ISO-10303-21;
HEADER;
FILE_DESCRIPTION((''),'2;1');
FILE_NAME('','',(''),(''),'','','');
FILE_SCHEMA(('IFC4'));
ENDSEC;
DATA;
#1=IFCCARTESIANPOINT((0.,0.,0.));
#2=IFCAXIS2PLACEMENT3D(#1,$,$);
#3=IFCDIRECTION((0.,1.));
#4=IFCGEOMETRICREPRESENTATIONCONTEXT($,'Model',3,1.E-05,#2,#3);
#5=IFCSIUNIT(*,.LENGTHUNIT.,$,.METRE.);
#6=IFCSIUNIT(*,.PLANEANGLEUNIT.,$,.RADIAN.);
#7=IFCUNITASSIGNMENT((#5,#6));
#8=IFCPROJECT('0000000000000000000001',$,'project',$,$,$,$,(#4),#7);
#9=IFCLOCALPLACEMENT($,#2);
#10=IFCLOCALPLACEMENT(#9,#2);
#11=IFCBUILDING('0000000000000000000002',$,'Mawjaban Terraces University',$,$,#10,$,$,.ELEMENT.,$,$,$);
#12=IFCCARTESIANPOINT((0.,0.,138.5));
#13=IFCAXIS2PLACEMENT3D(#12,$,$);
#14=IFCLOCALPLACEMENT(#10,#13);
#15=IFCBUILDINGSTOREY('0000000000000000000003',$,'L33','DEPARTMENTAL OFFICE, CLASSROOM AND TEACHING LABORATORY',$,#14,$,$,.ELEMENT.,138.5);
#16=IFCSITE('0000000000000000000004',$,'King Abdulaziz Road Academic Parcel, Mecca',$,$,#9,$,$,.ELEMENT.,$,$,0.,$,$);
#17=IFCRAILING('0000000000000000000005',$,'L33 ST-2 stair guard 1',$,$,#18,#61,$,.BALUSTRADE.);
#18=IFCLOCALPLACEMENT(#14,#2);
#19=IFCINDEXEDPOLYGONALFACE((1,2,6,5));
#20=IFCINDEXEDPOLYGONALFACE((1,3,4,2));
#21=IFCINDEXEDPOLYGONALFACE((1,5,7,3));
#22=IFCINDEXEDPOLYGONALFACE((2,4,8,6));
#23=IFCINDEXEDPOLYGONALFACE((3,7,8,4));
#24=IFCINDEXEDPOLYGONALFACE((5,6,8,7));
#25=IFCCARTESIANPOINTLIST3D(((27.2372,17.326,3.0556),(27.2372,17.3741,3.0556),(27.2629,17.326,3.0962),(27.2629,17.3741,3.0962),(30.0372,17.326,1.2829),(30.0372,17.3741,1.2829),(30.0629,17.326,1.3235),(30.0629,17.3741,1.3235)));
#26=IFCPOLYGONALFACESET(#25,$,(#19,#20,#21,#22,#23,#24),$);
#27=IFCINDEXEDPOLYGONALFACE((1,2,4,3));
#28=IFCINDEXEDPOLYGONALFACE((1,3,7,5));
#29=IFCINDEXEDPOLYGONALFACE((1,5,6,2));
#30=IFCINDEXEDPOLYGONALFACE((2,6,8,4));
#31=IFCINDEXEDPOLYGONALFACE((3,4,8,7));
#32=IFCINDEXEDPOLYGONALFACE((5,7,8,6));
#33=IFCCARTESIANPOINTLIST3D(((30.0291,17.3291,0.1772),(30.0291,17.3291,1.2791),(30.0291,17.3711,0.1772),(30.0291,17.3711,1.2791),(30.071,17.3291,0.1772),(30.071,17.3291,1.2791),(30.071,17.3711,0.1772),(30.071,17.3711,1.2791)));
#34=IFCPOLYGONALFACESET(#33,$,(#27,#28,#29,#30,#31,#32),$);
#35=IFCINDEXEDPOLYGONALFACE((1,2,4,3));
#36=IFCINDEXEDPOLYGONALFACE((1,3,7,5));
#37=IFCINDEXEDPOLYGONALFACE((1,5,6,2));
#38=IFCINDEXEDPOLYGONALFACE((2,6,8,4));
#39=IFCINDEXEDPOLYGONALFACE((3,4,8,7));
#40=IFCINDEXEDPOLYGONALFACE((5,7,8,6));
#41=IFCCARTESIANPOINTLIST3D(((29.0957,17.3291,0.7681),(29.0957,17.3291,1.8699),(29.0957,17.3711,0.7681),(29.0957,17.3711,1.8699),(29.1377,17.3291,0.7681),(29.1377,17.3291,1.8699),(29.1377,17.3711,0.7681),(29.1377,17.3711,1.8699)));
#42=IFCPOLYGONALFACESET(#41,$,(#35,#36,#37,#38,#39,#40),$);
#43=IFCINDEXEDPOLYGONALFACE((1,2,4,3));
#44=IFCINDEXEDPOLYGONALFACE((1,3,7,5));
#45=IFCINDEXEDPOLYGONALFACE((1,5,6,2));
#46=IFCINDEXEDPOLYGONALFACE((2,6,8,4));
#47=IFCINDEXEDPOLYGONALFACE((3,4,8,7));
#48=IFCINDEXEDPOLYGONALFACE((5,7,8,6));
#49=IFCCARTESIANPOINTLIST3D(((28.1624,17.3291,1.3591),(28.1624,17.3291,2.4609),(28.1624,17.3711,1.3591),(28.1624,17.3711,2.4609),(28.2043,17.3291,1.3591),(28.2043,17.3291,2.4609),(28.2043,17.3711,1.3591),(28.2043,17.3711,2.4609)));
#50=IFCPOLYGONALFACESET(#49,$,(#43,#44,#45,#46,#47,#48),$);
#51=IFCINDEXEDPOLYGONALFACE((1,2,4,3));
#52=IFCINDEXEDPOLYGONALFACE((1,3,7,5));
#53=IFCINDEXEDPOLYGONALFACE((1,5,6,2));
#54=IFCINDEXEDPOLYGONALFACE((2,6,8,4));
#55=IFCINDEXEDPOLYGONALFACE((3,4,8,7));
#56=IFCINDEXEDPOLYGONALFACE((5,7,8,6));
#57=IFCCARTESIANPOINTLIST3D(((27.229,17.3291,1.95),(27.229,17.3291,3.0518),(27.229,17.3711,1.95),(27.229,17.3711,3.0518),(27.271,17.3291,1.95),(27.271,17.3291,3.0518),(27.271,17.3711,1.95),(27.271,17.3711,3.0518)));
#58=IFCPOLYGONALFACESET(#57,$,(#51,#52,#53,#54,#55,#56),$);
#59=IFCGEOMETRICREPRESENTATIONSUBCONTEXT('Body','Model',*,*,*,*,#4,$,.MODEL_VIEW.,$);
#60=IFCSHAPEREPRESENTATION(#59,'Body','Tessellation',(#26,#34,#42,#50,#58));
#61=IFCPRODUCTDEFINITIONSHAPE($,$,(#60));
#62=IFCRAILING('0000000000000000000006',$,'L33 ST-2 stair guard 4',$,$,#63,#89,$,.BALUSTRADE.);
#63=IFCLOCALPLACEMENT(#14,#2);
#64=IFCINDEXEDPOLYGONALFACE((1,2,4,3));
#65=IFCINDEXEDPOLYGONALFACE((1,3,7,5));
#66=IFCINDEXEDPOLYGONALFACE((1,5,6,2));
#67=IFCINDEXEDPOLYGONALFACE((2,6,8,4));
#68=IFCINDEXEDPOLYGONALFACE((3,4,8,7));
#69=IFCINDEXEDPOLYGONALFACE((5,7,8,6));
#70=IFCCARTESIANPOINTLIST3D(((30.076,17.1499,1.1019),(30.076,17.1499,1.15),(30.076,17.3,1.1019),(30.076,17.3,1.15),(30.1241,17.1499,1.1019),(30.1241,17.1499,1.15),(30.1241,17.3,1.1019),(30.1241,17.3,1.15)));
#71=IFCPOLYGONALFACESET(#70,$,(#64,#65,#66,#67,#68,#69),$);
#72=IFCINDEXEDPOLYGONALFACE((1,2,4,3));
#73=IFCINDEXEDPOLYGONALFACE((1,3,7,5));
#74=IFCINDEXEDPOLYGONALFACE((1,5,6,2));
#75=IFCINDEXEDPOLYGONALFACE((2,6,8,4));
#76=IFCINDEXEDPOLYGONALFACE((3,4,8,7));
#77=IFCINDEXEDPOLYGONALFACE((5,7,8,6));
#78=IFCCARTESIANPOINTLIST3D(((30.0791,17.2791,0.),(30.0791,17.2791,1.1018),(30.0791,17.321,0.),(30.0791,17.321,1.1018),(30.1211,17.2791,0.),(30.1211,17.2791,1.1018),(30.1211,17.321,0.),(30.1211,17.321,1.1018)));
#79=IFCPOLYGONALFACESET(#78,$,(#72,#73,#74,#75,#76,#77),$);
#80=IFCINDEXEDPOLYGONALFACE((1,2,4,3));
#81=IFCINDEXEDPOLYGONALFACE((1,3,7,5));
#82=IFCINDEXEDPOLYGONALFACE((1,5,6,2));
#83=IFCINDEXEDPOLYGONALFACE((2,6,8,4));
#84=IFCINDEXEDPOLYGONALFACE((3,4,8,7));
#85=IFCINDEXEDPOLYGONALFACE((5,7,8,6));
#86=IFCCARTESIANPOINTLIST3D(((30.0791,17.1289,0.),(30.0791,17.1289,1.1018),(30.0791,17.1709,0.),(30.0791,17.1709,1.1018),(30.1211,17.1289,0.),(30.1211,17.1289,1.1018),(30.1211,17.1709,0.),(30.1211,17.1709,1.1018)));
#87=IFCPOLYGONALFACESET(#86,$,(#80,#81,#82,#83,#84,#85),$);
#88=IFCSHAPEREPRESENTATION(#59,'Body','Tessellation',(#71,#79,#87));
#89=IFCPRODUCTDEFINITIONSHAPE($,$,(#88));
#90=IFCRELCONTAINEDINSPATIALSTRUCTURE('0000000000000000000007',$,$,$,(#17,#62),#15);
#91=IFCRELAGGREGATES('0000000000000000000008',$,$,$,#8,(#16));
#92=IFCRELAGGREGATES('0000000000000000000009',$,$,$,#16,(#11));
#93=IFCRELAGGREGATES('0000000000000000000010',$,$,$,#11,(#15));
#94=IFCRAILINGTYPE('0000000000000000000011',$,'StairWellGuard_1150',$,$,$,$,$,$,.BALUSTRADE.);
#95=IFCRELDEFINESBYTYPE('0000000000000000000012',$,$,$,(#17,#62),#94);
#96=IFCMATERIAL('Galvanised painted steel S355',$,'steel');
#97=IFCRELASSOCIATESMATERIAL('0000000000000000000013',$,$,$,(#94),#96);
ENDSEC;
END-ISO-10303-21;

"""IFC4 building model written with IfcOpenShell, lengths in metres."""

from ifc_helpers import new_model, si_unit, direction, frame, origin, origin_2d, place, context, subcontext, project, spatial, rectangle, extrude, material, type_object, element, save


model = new_model("IFC4")

# Units and contexts
model_context = context("Model", 3, precision=1e-05, world=origin(), true_north=direction((0.0, 1.0)))
body_context = subcontext(model_context, "Body", "Model", "MODEL_VIEW")
ifc_project = project(units=[si_unit("LENGTHUNIT", "METRE"), si_unit("PLANEANGLEUNIT", "RADIAN")], contexts=[model_context])

# Site, building, storey
site_placement = place(None, origin())
site = spatial("IfcSite", under=ifc_project, at=site_placement, Name="King Abdulaziz Road Academic Parcel, Mecca", CompositionType="ELEMENT", RefElevation=0.0)
building_placement = place(site_placement, origin())
building = spatial("IfcBuilding", under=site, at=building_placement, Name="Mawjaban Terraces University", CompositionType="ELEMENT")
storey_placement = place(building_placement, frame((0.0, 0.0, 138.5)))
storey = spatial("IfcBuildingStorey", under=building, at=storey_placement, Name="L33", Description="DEPARTMENTAL OFFICE, CLASSROOM AND TEACHING LABORATORY", CompositionType="ELEMENT", Elevation=138.5)

# Railings
ifc_material_1 = material(Name="Galvanised painted steel S355", Category="steel")
railing_type_1 = type_object("IfcRailingType", Name="StairWellGuard_1150", PredefinedType="BALUSTRADE", material=ifc_material_1)
railing_1_placement = place(storey_placement, frame((30.05, 17.3501, 0.1772)))
element("IfcRailing", 1, at=railing_1_placement, inside=storey, type_object=railing_type_1, Name="L33 ST-2 stair guard 1", PredefinedType="BALUSTRADE", context=body_context, shape_type="SweptSolid", body=[
    extrude(rectangle(XDim=0.0481, YDim=0.0481, at=origin_2d()), frame((0.0, 0.0, 1.126), z_axis=(-0.844909, 0.0, 0.53491), x_axis=(0.0, -1.0, 0.0)), (0.0, 0.0, 1.0), 3.314),
    extrude(rectangle(XDim=0.042, YDim=0.042, at=origin_2d()), origin(), (0.0, 0.0, 1.0), 1.1018),
    extrude(rectangle(XDim=0.042, YDim=0.042, at=origin_2d()), frame((-0.9333, 0.0, 0.5908)), (0.0, 0.0, 1.0), 1.1018),
    extrude(rectangle(XDim=0.042, YDim=0.042, at=origin_2d()), frame((-1.8667, 0.0, 1.1819)), (0.0, 0.0, 1.0), 1.1018),
    extrude(rectangle(XDim=0.042, YDim=0.042, at=origin_2d()), frame((-2.8, 0.0, 1.7727)), (0.0, 0.0, 1.0), 1.1018),
])
railing_2_placement = place(storey_placement, frame((30.1001, 17.3, 0.0)))
element("IfcRailing", 2, at=railing_2_placement, inside=storey, type_object=railing_type_1, Name="L33 ST-2 stair guard 4", PredefinedType="BALUSTRADE", context=body_context, shape_type="SweptSolid", body=[
    extrude(rectangle(XDim=0.0481, YDim=0.0481, at=origin_2d()), frame((0.0, 0.0, 1.126), z_axis=(0.0, -1.0, 0.0), x_axis=(1.0, 0.0, 0.0)), (0.0, 0.0, 1.0), 0.1501),
    extrude(rectangle(XDim=0.042, YDim=0.042, at=origin_2d()), origin(), (0.0, 0.0, 1.0), 1.1018),
    extrude(rectangle(XDim=0.042, YDim=0.042, at=origin_2d()), frame((0.0, -0.1501, 0.0)), (0.0, 0.0, 1.0), 1.1018),
])

save(model, "model.ifc")
